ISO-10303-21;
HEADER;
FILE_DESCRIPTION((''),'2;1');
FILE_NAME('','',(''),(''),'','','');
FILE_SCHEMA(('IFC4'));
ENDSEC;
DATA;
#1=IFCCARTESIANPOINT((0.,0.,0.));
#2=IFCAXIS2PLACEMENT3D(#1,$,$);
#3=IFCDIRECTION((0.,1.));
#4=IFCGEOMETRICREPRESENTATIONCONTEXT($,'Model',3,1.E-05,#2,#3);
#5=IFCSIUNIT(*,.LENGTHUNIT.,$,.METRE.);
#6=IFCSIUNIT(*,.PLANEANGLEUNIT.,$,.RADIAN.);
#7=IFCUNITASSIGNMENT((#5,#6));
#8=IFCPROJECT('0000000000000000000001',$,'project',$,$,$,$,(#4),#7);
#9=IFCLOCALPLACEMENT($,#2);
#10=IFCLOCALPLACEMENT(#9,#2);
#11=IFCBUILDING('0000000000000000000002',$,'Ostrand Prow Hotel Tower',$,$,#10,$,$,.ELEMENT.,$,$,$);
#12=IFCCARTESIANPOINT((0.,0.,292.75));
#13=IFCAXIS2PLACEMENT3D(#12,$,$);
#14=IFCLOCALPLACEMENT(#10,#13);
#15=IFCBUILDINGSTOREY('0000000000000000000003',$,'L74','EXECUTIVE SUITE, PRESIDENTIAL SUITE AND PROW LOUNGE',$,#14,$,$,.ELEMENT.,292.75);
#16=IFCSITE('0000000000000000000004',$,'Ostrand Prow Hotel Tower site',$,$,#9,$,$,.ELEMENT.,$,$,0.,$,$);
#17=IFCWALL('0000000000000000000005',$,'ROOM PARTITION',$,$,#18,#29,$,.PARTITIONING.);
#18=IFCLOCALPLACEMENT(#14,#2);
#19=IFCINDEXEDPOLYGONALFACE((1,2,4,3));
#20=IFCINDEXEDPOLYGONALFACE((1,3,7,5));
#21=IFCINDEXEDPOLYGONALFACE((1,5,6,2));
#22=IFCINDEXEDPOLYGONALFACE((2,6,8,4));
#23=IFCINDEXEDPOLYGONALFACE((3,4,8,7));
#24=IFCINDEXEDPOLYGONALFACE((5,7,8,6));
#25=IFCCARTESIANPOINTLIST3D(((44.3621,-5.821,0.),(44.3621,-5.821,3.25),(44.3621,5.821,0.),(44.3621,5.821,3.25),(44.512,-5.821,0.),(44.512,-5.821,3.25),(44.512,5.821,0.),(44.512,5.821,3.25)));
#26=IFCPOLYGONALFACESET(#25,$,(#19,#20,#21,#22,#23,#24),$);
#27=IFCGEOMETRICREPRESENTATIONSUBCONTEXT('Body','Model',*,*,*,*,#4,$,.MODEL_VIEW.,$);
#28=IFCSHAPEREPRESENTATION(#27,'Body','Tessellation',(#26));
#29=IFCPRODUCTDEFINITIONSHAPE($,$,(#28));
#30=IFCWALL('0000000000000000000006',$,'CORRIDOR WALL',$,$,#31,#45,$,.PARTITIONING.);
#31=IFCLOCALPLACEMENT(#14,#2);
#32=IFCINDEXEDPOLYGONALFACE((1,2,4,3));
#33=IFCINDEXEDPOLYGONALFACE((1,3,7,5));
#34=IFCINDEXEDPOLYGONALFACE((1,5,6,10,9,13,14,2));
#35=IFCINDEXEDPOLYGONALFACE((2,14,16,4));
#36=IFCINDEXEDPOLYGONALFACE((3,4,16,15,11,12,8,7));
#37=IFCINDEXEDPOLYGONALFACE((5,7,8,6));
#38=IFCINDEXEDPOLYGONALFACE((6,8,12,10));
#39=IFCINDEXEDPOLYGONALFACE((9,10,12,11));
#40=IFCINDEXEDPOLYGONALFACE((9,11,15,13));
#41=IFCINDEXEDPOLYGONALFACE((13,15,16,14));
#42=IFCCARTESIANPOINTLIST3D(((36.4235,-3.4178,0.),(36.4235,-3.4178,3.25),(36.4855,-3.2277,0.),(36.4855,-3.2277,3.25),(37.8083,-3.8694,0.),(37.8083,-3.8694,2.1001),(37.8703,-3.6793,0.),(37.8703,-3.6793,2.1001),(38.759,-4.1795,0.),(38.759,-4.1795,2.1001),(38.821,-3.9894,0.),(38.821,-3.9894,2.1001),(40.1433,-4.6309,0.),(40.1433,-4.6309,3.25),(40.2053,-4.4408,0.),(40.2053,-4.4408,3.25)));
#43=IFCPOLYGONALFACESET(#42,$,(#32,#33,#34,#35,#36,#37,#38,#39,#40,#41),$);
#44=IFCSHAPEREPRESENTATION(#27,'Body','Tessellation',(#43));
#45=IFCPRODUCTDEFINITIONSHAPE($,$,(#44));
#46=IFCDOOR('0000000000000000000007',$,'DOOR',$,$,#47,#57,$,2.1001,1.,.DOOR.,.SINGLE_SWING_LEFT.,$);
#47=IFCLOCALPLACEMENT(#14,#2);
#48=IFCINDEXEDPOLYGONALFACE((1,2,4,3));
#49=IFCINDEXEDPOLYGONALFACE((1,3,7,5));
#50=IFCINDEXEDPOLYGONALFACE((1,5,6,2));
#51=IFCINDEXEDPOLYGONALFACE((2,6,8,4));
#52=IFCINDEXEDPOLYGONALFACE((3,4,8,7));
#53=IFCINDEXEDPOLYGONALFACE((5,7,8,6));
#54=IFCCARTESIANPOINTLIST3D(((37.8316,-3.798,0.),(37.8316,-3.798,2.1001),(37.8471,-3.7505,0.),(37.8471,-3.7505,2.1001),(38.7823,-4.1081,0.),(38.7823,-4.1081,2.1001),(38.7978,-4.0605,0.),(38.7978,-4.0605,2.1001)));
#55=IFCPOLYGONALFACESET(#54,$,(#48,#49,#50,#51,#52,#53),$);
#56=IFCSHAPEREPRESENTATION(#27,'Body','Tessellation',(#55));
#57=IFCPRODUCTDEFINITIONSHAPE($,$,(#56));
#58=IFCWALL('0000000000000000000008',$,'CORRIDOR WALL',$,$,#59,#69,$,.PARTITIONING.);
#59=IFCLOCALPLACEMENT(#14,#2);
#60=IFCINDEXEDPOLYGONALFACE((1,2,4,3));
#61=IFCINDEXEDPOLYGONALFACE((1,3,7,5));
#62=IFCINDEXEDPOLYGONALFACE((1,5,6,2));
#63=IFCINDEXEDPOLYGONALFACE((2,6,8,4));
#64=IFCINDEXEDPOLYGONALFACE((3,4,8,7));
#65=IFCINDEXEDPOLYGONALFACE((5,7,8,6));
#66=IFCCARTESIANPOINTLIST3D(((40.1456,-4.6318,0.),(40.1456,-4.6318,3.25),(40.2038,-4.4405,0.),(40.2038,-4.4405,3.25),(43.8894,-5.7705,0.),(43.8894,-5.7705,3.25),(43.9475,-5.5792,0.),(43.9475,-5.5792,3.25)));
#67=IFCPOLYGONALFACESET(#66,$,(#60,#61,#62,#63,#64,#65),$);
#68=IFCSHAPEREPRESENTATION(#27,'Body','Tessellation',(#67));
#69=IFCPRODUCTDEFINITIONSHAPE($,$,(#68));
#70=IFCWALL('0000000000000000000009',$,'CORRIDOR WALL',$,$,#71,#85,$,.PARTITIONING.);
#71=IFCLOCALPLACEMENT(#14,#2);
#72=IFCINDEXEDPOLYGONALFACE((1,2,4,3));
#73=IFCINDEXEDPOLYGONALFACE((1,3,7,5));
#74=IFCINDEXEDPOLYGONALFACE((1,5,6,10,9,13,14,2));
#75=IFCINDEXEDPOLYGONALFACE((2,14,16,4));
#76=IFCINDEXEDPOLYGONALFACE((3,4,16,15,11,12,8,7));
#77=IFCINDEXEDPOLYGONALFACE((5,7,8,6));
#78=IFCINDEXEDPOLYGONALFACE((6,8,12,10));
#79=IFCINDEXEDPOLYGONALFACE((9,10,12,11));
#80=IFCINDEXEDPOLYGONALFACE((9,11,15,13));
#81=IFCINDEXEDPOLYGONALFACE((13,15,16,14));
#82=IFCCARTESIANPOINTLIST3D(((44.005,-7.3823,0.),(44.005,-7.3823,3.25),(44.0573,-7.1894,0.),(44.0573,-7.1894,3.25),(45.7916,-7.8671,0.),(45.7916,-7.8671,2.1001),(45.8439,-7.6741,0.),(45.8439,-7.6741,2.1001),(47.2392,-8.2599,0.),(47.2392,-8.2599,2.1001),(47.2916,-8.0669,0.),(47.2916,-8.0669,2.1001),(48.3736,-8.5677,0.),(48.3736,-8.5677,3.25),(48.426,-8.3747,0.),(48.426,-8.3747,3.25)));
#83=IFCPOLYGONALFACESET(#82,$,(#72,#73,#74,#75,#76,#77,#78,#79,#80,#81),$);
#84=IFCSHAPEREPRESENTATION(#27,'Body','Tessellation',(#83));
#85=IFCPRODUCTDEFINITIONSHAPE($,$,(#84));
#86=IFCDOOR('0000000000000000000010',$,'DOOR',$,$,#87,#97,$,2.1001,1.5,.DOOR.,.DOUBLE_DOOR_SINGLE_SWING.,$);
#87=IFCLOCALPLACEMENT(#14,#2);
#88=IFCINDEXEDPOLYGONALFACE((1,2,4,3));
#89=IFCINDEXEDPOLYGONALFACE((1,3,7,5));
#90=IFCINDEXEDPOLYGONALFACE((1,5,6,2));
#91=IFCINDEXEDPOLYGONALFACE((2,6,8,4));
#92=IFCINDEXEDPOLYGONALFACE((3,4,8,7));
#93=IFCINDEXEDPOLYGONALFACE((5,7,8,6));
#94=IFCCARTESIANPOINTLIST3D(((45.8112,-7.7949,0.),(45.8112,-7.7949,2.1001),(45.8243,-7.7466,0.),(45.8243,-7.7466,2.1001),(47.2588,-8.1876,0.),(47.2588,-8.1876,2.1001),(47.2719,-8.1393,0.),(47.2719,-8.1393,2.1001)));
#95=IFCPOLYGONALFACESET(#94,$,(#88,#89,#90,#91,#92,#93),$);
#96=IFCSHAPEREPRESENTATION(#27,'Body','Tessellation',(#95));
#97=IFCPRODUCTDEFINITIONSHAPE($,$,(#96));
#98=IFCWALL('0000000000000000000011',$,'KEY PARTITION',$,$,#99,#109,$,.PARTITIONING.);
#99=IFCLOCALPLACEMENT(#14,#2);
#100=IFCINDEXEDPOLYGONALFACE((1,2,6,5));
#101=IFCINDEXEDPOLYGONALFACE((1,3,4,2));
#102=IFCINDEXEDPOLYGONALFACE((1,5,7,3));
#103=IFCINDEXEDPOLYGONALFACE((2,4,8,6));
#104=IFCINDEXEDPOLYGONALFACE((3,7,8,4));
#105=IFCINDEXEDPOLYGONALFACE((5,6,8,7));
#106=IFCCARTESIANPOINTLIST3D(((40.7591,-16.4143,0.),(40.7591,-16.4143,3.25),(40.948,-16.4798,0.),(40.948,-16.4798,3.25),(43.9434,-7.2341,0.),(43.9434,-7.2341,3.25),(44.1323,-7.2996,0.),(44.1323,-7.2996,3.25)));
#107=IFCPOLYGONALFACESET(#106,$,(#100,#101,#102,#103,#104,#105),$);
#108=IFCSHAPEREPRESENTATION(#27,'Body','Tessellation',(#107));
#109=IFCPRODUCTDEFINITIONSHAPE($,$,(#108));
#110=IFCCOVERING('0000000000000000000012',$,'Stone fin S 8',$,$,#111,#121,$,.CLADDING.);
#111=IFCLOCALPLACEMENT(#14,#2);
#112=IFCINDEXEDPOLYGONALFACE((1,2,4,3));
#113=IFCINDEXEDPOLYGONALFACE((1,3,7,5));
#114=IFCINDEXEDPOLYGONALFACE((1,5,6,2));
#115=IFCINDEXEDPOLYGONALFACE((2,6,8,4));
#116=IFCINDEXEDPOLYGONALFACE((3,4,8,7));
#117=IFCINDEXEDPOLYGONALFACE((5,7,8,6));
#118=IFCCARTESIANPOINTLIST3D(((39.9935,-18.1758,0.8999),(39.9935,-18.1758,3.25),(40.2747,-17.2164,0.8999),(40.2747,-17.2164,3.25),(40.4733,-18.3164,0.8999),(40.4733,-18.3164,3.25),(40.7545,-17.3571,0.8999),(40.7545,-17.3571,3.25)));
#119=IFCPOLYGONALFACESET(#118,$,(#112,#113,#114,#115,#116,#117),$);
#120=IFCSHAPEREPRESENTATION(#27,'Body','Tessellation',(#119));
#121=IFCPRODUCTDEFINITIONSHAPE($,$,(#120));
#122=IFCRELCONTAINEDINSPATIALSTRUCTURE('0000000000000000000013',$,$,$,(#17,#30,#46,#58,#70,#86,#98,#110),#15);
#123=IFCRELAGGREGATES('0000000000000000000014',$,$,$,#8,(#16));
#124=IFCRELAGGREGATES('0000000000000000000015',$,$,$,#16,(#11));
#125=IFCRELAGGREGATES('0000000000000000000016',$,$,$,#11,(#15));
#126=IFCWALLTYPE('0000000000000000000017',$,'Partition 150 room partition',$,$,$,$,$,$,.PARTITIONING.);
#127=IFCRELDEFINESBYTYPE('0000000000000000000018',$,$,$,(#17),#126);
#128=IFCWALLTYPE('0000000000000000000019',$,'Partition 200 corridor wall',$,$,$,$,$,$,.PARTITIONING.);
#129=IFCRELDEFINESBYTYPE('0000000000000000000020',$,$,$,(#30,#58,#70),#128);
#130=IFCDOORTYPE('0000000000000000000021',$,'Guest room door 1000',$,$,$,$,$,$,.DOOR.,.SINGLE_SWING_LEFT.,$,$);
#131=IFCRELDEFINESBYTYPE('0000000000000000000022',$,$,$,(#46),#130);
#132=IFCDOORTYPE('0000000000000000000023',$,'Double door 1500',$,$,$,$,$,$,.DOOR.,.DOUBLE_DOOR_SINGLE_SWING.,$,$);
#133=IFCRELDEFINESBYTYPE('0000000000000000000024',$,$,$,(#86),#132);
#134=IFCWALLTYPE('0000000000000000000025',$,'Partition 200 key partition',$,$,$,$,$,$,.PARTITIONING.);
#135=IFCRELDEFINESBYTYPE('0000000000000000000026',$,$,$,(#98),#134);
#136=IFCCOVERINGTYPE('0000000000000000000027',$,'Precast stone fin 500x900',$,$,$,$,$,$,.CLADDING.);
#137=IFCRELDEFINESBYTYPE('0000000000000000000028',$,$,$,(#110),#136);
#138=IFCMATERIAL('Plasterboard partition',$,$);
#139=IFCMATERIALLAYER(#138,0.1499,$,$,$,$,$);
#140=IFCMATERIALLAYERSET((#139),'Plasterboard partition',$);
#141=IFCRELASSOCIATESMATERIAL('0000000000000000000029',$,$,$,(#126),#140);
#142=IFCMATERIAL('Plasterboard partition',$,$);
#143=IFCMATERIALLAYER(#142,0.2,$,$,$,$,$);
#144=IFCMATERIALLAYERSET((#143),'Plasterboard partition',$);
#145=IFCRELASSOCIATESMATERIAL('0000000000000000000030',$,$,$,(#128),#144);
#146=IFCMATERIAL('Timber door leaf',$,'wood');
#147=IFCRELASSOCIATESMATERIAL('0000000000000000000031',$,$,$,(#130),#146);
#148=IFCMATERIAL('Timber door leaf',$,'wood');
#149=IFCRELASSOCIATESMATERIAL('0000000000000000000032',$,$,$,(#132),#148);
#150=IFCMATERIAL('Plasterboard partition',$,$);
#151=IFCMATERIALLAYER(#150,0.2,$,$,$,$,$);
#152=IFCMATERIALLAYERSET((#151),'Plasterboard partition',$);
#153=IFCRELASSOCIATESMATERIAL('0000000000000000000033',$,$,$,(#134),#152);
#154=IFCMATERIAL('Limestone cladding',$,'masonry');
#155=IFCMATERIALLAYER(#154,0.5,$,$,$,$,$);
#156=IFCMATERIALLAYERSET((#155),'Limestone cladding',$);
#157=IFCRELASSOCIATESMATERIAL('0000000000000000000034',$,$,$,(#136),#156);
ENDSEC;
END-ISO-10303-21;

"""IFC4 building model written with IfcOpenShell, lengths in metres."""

from ifc_helpers import new_model, si_unit, direction, frame, frame_2d, origin, place, context, subcontext, project, spatial, rectangle, extrude, material, layer, layer_set, type_object, element, fill, save


model = new_model("IFC4")

# Units and contexts
model_context = context("Model", 3, precision=1e-05, world=origin(), true_north=direction((0.0, 1.0)))
body_context = subcontext(model_context, "Body", "Model", "MODEL_VIEW")
ifc_project = project(units=[si_unit("LENGTHUNIT", "METRE"), si_unit("PLANEANGLEUNIT", "RADIAN")], contexts=[model_context])

# Site, building, storey
site_placement = place(None, origin())
site = spatial("IfcSite", under=ifc_project, at=site_placement, Name="Ostrand Prow Hotel Tower site", CompositionType="ELEMENT", RefElevation=0.0)
building_placement = place(site_placement, origin())
building = spatial("IfcBuilding", under=site, at=building_placement, Name="Ostrand Prow Hotel Tower", CompositionType="ELEMENT")
storey_placement = place(building_placement, frame((0.0, 0.0, 292.75)))
storey = spatial("IfcBuildingStorey", under=building, at=storey_placement, Name="L74", Description="EXECUTIVE SUITE, PRESIDENTIAL SUITE AND PROW LOUNGE", CompositionType="ELEMENT", Elevation=292.75)

# Wall
ifc_material_1 = material(Name="Plasterboard partition")
ifc_layer_1 = layer(ifc_material_1, 0.1499)
ifc_layer_set_1 = layer_set([ifc_layer_1], Name="Plasterboard partition")
wall_type_1 = type_object("IfcWallType", Name="Partition 150 room partition", PredefinedType="PARTITIONING", material=ifc_layer_set_1)
wall_1_placement = place(storey_placement, frame((44.437, -5.821, 0.0), z_axis=(0.0, 0.0, 1.0), x_axis=(0.0, 1.0, 0.0)))
element("IfcWall", 1, at=wall_1_placement, inside=storey, type_object=wall_type_1, Name="ROOM PARTITION", PredefinedType="PARTITIONING", context=body_context, shape_type="SweptSolid", body=[
    extrude(rectangle(XDim=11.6421, YDim=0.1499, at=frame_2d((5.821, 0.0))), origin(), (0.0, 0.0, 1.0), 3.25),
])

# Wall, opening, door
ifc_material_2 = material(Name="Plasterboard partition")
ifc_layer_2 = layer(ifc_material_2, 0.2)
ifc_layer_set_2 = layer_set([ifc_layer_2], Name="Plasterboard partition")
wall_type_2 = type_object("IfcWallType", Name="Partition 200 corridor wall", PredefinedType="PARTITIONING", material=ifc_layer_set_2)
wall_2_placement = place(storey_placement, frame((40.1743, -4.5359, 0.0), z_axis=(0.0, 0.0, 1.0), x_axis=(-0.950716, 0.310062, 0.0)))
wall_2 = element("IfcWall", 2, at=wall_2_placement, inside=storey, type_object=wall_type_2, Name="CORRIDOR WALL", PredefinedType="PARTITIONING", context=body_context, shape_type="SweptSolid", body=[
    extrude(rectangle(XDim=3.9126, YDim=0.2, at=frame_2d((1.9563, 0.0))), origin(), (0.0, 0.0, 1.0), 3.25),
])
opening_1_placement = place(wall_2_placement, frame((1.4561, 0.0, 0.0)))
opening_1 = element("IfcOpeningElement", 3, at=opening_1_placement, cuts=wall_2, PredefinedType="OPENING", context=body_context, shape_type="SweptSolid", body=[
    extrude(rectangle(XDim=1.0, YDim=2.1001, at=frame_2d((0.5, 1.05))), frame((0.0, 0.1099, 0.0), z_axis=(0.0, -1.0, 0.0), x_axis=(1.0, 0.0, 0.0)), (0.0, 0.0, 1.0), 0.22),
])
ifc_material_3 = material(Name="Timber door leaf", Category="wood")
door_type_1 = type_object("IfcDoorType", Name="Guest room door 1000", OperationType="SINGLE_SWING_LEFT", PredefinedType="DOOR", material=ifc_material_3)
door_1_placement = place(opening_1_placement, origin())
door_1 = element("IfcDoor", 4, at=door_1_placement, inside=storey, type_object=door_type_1, Name="DOOR", OperationType="SINGLE_SWING_LEFT", OverallHeight=2.1001, OverallWidth=1.0, PredefinedType="DOOR", context=body_context, shape_type="SweptSolid", body=[
    extrude(rectangle(XDim=1.0, YDim=2.1001, at=frame_2d((0.5, 1.05))), frame((0.0, 0.0249, 0.0), z_axis=(0.0, -1.0, 0.0), x_axis=(1.0, 0.0, 0.0)), (0.0, 0.0, 1.0), 0.05),
])
fill(opening_1, door_1)

# Wall
wall_3_placement = place(storey_placement, frame((43.9185, -5.6748, 0.0), z_axis=(0.0, 0.0, 1.0), x_axis=(-0.956724, 0.290998, 0.0)))
element("IfcWall", 5, at=wall_3_placement, inside=storey, type_object=wall_type_2, Name="CORRIDOR WALL", PredefinedType="PARTITIONING", context=body_context, shape_type="SweptSolid", body=[
    extrude(rectangle(XDim=3.9131, YDim=0.2, at=frame_2d((1.9565, 0.0))), origin(), (0.0, 0.0, 1.0), 3.25),
])

# Wall, opening, door
wall_4_placement = place(storey_placement, frame((44.0312, -7.2859, 0.0), z_axis=(0.0, 0.0, 1.0), x_axis=(0.965108, -0.261853, 0.0)))
wall_4 = element("IfcWall", 6, at=wall_4_placement, inside=storey, type_object=wall_type_2, Name="CORRIDOR WALL", PredefinedType="PARTITIONING", context=body_context, shape_type="SweptSolid", body=[
    extrude(rectangle(XDim=4.5266, YDim=0.2, at=frame_2d((2.2632, 0.0))), origin(), (0.0, 0.0, 1.0), 3.25),
])
opening_2_placement = place(wall_4_placement, frame((1.8511, 0.0, 0.0)))
opening_2 = element("IfcOpeningElement", 7, at=opening_2_placement, cuts=wall_4, PredefinedType="OPENING", context=body_context, shape_type="SweptSolid", body=[
    extrude(rectangle(XDim=1.5, YDim=2.1001, at=frame_2d((0.75, 1.05))), frame((0.0, 0.1099, 0.0), z_axis=(0.0, -1.0, 0.0), x_axis=(1.0, 0.0, 0.0)), (0.0, 0.0, 1.0), 0.22),
])
ifc_material_4 = material(Name="Timber door leaf", Category="wood")
door_type_2 = type_object("IfcDoorType", Name="Double door 1500", OperationType="DOUBLE_DOOR_SINGLE_SWING", PredefinedType="DOOR", material=ifc_material_4)
door_2_placement = place(opening_2_placement, origin())
door_2 = element("IfcDoor", 8, at=door_2_placement, inside=storey, type_object=door_type_2, Name="DOOR", OperationType="DOUBLE_DOOR_SINGLE_SWING", OverallHeight=2.1001, OverallWidth=1.5, PredefinedType="DOOR", context=body_context, shape_type="SweptSolid", body=[
    extrude(rectangle(XDim=1.5, YDim=2.1001, at=frame_2d((0.75, 1.05))), frame((0.0, 0.0249, 0.0), z_axis=(0.0, -1.0, 0.0), x_axis=(1.0, 0.0, 0.0)), (0.0, 0.0, 1.0), 0.05),
])
fill(opening_2, door_2)

# Wall
ifc_material_5 = material(Name="Plasterboard partition")
ifc_layer_3 = layer(ifc_material_5, 0.2)
ifc_layer_set_3 = layer_set([ifc_layer_3], Name="Plasterboard partition")
wall_type_3 = type_object("IfcWallType", Name="Partition 200 key partition", PredefinedType="PARTITIONING", material=ifc_layer_set_3)
wall_5_placement = place(storey_placement, frame((40.8535, -16.447, 0.0), z_axis=(0.0, 0.0, 1.0), x_axis=(0.327715, 0.944777, 0.0)))
element("IfcWall", 9, at=wall_5_placement, inside=storey, type_object=wall_type_3, Name="KEY PARTITION", PredefinedType="PARTITIONING", context=body_context, shape_type="SweptSolid", body=[
    extrude(rectangle(XDim=9.7168, YDim=0.2, at=frame_2d((4.8584, 0.0))), origin(), (0.0, 0.0, 1.0), 3.25),
])

# Covering
ifc_material_6 = material(Name="Limestone cladding", Category="masonry")
ifc_layer_4 = layer(ifc_material_6, 0.5)
ifc_layer_set_4 = layer_set([ifc_layer_4], Name="Limestone cladding")
covering_type = type_object("IfcCoveringType", Name="Precast stone fin 500x900", PredefinedType="CLADDING", material=ifc_layer_set_4)
covering_placement = place(storey_placement, frame((40.5146, -17.2866, 0.8999), z_axis=(0.0, 0.0, 1.0), x_axis=(-0.281294, -0.959622, 0.0)))
element("IfcCovering", 10, at=covering_placement, inside=storey, type_object=covering_type, Name="Stone fin S 8", PredefinedType="CLADDING", context=body_context, shape_type="SweptSolid", body=[
    extrude(rectangle(XDim=0.9998, YDim=0.5, at=frame_2d((0.5, 0.0))), origin(), (0.0, 0.0, 1.0), 2.3501),
])

save(model, "model.ifc")
